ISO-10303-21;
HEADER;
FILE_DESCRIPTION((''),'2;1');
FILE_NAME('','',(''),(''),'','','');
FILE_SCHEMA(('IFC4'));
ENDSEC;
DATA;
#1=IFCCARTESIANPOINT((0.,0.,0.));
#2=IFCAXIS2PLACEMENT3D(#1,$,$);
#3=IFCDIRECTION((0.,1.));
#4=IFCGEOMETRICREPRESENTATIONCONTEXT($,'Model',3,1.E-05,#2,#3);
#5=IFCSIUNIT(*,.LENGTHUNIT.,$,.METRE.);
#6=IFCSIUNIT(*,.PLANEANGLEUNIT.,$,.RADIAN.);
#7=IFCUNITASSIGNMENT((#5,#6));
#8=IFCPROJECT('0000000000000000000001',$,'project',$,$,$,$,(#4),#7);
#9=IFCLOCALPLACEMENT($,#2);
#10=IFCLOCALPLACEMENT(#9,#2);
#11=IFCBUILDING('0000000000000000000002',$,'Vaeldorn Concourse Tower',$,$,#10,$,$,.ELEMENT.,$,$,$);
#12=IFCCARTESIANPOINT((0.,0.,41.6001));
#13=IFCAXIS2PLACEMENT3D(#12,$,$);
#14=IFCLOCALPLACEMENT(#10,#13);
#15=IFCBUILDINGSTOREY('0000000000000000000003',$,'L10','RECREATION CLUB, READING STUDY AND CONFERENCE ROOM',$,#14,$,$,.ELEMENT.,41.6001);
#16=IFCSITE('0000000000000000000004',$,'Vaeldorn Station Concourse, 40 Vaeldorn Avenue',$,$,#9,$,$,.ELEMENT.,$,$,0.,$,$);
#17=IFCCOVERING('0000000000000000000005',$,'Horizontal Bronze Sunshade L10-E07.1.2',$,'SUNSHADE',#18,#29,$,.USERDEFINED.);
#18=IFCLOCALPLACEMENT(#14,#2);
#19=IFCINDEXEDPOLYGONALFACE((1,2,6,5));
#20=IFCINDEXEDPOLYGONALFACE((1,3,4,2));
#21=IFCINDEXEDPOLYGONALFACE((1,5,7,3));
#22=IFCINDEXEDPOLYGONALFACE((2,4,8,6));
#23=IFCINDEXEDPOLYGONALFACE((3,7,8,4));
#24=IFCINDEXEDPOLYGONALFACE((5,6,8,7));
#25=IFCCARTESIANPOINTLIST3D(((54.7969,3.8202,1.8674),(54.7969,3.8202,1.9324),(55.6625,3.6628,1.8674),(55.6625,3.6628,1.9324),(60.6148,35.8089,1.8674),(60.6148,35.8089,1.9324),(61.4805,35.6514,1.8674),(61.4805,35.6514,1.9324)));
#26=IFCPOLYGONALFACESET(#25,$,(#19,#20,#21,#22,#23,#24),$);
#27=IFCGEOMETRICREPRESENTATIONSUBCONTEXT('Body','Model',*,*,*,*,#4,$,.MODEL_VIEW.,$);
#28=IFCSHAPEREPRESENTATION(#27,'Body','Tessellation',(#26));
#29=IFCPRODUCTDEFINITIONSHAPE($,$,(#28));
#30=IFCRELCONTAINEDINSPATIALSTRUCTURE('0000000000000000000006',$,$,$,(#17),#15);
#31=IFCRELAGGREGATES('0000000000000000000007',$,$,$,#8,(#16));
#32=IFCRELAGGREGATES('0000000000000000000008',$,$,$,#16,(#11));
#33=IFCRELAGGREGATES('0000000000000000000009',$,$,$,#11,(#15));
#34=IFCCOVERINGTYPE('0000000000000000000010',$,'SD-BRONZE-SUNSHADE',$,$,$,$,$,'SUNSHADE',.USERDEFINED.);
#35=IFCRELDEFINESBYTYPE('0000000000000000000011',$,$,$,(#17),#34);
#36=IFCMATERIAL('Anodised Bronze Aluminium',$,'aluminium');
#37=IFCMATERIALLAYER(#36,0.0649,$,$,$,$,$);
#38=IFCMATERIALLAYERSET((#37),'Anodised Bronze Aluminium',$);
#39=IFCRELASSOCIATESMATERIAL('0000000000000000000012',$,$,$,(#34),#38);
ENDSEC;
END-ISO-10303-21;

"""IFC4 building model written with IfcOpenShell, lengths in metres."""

from ifc_helpers import new_model, si_unit, direction, frame, origin, origin_2d, place, context, subcontext, project, spatial, rectangle, extrude, source, transform, mapped, material, layer, layer_set, type_object, element, save


model = new_model("IFC4")

# Units and contexts
model_context = context("Model", 3, precision=1e-05, world=origin(), true_north=direction((0.0, 1.0)))
body_context = subcontext(model_context, "Body", "Model", "MODEL_VIEW")
ifc_project = project(units=[si_unit("LENGTHUNIT", "METRE"), si_unit("PLANEANGLEUNIT", "RADIAN")], contexts=[model_context])

# Site, building, storey
site_placement = place(None, origin())
site = spatial("IfcSite", under=ifc_project, at=site_placement, Name="Vaeldorn Station Concourse, 40 Vaeldorn Avenue", CompositionType="ELEMENT", RefElevation=0.0)
building_placement = place(site_placement, origin())
building = spatial("IfcBuilding", under=site, at=building_placement, Name="Vaeldorn Concourse Tower", CompositionType="ELEMENT")
storey_placement = place(building_placement, frame((0.0, 0.0, 41.6001)))
storey = spatial("IfcBuildingStorey", under=building, at=storey_placement, Name="L10", Description="RECREATION CLUB, READING STUDY AND CONFERENCE ROOM", CompositionType="ELEMENT", Elevation=41.6001)

# Shared definitions
ifc_material_1 = material(Name="Anodised Bronze Aluminium", Category="aluminium")

# Covering
ifc_layer_1 = layer(ifc_material_1, 0.0649)
ifc_layer_set_1 = layer_set([ifc_layer_1], Name="Anodised Bronze Aluminium")
covering_type = type_object("IfcCoveringType", Name="SD-BRONZE-SUNSHADE", ElementType="SUNSHADE", PredefinedType="USERDEFINED", material=ifc_layer_set_1)
shared_shape_1 = source(origin(), body_context, "Body", "SweptSolid", [
    extrude(rectangle(XDim=32.5134, YDim=0.8799, at=origin_2d()), origin(), (0.0, 0.0, 1.0), 0.0649),
])
for number, where, z_axis, x_axis, name in (
    (1, (58.1387, 19.7358, 1.8674), (0.0, 0.0, 1.0), (0.17894, 0.98386, 0.0), "Horizontal Bronze Sunshade L10-E07.1.2"),
):
    element("IfcCovering", number, at=place(storey_placement, frame(where, z_axis=z_axis, x_axis=x_axis)), inside=storey, type_object=covering_type, Name=name, ObjectType="SUNSHADE", PredefinedType="USERDEFINED", context=body_context, shape_type="MappedRepresentation", body=[
        mapped(shared_shape_1, transform((0.0, 0.0, 0.0), scale=1.0)),
    ])

save(model, "model.ifc")
